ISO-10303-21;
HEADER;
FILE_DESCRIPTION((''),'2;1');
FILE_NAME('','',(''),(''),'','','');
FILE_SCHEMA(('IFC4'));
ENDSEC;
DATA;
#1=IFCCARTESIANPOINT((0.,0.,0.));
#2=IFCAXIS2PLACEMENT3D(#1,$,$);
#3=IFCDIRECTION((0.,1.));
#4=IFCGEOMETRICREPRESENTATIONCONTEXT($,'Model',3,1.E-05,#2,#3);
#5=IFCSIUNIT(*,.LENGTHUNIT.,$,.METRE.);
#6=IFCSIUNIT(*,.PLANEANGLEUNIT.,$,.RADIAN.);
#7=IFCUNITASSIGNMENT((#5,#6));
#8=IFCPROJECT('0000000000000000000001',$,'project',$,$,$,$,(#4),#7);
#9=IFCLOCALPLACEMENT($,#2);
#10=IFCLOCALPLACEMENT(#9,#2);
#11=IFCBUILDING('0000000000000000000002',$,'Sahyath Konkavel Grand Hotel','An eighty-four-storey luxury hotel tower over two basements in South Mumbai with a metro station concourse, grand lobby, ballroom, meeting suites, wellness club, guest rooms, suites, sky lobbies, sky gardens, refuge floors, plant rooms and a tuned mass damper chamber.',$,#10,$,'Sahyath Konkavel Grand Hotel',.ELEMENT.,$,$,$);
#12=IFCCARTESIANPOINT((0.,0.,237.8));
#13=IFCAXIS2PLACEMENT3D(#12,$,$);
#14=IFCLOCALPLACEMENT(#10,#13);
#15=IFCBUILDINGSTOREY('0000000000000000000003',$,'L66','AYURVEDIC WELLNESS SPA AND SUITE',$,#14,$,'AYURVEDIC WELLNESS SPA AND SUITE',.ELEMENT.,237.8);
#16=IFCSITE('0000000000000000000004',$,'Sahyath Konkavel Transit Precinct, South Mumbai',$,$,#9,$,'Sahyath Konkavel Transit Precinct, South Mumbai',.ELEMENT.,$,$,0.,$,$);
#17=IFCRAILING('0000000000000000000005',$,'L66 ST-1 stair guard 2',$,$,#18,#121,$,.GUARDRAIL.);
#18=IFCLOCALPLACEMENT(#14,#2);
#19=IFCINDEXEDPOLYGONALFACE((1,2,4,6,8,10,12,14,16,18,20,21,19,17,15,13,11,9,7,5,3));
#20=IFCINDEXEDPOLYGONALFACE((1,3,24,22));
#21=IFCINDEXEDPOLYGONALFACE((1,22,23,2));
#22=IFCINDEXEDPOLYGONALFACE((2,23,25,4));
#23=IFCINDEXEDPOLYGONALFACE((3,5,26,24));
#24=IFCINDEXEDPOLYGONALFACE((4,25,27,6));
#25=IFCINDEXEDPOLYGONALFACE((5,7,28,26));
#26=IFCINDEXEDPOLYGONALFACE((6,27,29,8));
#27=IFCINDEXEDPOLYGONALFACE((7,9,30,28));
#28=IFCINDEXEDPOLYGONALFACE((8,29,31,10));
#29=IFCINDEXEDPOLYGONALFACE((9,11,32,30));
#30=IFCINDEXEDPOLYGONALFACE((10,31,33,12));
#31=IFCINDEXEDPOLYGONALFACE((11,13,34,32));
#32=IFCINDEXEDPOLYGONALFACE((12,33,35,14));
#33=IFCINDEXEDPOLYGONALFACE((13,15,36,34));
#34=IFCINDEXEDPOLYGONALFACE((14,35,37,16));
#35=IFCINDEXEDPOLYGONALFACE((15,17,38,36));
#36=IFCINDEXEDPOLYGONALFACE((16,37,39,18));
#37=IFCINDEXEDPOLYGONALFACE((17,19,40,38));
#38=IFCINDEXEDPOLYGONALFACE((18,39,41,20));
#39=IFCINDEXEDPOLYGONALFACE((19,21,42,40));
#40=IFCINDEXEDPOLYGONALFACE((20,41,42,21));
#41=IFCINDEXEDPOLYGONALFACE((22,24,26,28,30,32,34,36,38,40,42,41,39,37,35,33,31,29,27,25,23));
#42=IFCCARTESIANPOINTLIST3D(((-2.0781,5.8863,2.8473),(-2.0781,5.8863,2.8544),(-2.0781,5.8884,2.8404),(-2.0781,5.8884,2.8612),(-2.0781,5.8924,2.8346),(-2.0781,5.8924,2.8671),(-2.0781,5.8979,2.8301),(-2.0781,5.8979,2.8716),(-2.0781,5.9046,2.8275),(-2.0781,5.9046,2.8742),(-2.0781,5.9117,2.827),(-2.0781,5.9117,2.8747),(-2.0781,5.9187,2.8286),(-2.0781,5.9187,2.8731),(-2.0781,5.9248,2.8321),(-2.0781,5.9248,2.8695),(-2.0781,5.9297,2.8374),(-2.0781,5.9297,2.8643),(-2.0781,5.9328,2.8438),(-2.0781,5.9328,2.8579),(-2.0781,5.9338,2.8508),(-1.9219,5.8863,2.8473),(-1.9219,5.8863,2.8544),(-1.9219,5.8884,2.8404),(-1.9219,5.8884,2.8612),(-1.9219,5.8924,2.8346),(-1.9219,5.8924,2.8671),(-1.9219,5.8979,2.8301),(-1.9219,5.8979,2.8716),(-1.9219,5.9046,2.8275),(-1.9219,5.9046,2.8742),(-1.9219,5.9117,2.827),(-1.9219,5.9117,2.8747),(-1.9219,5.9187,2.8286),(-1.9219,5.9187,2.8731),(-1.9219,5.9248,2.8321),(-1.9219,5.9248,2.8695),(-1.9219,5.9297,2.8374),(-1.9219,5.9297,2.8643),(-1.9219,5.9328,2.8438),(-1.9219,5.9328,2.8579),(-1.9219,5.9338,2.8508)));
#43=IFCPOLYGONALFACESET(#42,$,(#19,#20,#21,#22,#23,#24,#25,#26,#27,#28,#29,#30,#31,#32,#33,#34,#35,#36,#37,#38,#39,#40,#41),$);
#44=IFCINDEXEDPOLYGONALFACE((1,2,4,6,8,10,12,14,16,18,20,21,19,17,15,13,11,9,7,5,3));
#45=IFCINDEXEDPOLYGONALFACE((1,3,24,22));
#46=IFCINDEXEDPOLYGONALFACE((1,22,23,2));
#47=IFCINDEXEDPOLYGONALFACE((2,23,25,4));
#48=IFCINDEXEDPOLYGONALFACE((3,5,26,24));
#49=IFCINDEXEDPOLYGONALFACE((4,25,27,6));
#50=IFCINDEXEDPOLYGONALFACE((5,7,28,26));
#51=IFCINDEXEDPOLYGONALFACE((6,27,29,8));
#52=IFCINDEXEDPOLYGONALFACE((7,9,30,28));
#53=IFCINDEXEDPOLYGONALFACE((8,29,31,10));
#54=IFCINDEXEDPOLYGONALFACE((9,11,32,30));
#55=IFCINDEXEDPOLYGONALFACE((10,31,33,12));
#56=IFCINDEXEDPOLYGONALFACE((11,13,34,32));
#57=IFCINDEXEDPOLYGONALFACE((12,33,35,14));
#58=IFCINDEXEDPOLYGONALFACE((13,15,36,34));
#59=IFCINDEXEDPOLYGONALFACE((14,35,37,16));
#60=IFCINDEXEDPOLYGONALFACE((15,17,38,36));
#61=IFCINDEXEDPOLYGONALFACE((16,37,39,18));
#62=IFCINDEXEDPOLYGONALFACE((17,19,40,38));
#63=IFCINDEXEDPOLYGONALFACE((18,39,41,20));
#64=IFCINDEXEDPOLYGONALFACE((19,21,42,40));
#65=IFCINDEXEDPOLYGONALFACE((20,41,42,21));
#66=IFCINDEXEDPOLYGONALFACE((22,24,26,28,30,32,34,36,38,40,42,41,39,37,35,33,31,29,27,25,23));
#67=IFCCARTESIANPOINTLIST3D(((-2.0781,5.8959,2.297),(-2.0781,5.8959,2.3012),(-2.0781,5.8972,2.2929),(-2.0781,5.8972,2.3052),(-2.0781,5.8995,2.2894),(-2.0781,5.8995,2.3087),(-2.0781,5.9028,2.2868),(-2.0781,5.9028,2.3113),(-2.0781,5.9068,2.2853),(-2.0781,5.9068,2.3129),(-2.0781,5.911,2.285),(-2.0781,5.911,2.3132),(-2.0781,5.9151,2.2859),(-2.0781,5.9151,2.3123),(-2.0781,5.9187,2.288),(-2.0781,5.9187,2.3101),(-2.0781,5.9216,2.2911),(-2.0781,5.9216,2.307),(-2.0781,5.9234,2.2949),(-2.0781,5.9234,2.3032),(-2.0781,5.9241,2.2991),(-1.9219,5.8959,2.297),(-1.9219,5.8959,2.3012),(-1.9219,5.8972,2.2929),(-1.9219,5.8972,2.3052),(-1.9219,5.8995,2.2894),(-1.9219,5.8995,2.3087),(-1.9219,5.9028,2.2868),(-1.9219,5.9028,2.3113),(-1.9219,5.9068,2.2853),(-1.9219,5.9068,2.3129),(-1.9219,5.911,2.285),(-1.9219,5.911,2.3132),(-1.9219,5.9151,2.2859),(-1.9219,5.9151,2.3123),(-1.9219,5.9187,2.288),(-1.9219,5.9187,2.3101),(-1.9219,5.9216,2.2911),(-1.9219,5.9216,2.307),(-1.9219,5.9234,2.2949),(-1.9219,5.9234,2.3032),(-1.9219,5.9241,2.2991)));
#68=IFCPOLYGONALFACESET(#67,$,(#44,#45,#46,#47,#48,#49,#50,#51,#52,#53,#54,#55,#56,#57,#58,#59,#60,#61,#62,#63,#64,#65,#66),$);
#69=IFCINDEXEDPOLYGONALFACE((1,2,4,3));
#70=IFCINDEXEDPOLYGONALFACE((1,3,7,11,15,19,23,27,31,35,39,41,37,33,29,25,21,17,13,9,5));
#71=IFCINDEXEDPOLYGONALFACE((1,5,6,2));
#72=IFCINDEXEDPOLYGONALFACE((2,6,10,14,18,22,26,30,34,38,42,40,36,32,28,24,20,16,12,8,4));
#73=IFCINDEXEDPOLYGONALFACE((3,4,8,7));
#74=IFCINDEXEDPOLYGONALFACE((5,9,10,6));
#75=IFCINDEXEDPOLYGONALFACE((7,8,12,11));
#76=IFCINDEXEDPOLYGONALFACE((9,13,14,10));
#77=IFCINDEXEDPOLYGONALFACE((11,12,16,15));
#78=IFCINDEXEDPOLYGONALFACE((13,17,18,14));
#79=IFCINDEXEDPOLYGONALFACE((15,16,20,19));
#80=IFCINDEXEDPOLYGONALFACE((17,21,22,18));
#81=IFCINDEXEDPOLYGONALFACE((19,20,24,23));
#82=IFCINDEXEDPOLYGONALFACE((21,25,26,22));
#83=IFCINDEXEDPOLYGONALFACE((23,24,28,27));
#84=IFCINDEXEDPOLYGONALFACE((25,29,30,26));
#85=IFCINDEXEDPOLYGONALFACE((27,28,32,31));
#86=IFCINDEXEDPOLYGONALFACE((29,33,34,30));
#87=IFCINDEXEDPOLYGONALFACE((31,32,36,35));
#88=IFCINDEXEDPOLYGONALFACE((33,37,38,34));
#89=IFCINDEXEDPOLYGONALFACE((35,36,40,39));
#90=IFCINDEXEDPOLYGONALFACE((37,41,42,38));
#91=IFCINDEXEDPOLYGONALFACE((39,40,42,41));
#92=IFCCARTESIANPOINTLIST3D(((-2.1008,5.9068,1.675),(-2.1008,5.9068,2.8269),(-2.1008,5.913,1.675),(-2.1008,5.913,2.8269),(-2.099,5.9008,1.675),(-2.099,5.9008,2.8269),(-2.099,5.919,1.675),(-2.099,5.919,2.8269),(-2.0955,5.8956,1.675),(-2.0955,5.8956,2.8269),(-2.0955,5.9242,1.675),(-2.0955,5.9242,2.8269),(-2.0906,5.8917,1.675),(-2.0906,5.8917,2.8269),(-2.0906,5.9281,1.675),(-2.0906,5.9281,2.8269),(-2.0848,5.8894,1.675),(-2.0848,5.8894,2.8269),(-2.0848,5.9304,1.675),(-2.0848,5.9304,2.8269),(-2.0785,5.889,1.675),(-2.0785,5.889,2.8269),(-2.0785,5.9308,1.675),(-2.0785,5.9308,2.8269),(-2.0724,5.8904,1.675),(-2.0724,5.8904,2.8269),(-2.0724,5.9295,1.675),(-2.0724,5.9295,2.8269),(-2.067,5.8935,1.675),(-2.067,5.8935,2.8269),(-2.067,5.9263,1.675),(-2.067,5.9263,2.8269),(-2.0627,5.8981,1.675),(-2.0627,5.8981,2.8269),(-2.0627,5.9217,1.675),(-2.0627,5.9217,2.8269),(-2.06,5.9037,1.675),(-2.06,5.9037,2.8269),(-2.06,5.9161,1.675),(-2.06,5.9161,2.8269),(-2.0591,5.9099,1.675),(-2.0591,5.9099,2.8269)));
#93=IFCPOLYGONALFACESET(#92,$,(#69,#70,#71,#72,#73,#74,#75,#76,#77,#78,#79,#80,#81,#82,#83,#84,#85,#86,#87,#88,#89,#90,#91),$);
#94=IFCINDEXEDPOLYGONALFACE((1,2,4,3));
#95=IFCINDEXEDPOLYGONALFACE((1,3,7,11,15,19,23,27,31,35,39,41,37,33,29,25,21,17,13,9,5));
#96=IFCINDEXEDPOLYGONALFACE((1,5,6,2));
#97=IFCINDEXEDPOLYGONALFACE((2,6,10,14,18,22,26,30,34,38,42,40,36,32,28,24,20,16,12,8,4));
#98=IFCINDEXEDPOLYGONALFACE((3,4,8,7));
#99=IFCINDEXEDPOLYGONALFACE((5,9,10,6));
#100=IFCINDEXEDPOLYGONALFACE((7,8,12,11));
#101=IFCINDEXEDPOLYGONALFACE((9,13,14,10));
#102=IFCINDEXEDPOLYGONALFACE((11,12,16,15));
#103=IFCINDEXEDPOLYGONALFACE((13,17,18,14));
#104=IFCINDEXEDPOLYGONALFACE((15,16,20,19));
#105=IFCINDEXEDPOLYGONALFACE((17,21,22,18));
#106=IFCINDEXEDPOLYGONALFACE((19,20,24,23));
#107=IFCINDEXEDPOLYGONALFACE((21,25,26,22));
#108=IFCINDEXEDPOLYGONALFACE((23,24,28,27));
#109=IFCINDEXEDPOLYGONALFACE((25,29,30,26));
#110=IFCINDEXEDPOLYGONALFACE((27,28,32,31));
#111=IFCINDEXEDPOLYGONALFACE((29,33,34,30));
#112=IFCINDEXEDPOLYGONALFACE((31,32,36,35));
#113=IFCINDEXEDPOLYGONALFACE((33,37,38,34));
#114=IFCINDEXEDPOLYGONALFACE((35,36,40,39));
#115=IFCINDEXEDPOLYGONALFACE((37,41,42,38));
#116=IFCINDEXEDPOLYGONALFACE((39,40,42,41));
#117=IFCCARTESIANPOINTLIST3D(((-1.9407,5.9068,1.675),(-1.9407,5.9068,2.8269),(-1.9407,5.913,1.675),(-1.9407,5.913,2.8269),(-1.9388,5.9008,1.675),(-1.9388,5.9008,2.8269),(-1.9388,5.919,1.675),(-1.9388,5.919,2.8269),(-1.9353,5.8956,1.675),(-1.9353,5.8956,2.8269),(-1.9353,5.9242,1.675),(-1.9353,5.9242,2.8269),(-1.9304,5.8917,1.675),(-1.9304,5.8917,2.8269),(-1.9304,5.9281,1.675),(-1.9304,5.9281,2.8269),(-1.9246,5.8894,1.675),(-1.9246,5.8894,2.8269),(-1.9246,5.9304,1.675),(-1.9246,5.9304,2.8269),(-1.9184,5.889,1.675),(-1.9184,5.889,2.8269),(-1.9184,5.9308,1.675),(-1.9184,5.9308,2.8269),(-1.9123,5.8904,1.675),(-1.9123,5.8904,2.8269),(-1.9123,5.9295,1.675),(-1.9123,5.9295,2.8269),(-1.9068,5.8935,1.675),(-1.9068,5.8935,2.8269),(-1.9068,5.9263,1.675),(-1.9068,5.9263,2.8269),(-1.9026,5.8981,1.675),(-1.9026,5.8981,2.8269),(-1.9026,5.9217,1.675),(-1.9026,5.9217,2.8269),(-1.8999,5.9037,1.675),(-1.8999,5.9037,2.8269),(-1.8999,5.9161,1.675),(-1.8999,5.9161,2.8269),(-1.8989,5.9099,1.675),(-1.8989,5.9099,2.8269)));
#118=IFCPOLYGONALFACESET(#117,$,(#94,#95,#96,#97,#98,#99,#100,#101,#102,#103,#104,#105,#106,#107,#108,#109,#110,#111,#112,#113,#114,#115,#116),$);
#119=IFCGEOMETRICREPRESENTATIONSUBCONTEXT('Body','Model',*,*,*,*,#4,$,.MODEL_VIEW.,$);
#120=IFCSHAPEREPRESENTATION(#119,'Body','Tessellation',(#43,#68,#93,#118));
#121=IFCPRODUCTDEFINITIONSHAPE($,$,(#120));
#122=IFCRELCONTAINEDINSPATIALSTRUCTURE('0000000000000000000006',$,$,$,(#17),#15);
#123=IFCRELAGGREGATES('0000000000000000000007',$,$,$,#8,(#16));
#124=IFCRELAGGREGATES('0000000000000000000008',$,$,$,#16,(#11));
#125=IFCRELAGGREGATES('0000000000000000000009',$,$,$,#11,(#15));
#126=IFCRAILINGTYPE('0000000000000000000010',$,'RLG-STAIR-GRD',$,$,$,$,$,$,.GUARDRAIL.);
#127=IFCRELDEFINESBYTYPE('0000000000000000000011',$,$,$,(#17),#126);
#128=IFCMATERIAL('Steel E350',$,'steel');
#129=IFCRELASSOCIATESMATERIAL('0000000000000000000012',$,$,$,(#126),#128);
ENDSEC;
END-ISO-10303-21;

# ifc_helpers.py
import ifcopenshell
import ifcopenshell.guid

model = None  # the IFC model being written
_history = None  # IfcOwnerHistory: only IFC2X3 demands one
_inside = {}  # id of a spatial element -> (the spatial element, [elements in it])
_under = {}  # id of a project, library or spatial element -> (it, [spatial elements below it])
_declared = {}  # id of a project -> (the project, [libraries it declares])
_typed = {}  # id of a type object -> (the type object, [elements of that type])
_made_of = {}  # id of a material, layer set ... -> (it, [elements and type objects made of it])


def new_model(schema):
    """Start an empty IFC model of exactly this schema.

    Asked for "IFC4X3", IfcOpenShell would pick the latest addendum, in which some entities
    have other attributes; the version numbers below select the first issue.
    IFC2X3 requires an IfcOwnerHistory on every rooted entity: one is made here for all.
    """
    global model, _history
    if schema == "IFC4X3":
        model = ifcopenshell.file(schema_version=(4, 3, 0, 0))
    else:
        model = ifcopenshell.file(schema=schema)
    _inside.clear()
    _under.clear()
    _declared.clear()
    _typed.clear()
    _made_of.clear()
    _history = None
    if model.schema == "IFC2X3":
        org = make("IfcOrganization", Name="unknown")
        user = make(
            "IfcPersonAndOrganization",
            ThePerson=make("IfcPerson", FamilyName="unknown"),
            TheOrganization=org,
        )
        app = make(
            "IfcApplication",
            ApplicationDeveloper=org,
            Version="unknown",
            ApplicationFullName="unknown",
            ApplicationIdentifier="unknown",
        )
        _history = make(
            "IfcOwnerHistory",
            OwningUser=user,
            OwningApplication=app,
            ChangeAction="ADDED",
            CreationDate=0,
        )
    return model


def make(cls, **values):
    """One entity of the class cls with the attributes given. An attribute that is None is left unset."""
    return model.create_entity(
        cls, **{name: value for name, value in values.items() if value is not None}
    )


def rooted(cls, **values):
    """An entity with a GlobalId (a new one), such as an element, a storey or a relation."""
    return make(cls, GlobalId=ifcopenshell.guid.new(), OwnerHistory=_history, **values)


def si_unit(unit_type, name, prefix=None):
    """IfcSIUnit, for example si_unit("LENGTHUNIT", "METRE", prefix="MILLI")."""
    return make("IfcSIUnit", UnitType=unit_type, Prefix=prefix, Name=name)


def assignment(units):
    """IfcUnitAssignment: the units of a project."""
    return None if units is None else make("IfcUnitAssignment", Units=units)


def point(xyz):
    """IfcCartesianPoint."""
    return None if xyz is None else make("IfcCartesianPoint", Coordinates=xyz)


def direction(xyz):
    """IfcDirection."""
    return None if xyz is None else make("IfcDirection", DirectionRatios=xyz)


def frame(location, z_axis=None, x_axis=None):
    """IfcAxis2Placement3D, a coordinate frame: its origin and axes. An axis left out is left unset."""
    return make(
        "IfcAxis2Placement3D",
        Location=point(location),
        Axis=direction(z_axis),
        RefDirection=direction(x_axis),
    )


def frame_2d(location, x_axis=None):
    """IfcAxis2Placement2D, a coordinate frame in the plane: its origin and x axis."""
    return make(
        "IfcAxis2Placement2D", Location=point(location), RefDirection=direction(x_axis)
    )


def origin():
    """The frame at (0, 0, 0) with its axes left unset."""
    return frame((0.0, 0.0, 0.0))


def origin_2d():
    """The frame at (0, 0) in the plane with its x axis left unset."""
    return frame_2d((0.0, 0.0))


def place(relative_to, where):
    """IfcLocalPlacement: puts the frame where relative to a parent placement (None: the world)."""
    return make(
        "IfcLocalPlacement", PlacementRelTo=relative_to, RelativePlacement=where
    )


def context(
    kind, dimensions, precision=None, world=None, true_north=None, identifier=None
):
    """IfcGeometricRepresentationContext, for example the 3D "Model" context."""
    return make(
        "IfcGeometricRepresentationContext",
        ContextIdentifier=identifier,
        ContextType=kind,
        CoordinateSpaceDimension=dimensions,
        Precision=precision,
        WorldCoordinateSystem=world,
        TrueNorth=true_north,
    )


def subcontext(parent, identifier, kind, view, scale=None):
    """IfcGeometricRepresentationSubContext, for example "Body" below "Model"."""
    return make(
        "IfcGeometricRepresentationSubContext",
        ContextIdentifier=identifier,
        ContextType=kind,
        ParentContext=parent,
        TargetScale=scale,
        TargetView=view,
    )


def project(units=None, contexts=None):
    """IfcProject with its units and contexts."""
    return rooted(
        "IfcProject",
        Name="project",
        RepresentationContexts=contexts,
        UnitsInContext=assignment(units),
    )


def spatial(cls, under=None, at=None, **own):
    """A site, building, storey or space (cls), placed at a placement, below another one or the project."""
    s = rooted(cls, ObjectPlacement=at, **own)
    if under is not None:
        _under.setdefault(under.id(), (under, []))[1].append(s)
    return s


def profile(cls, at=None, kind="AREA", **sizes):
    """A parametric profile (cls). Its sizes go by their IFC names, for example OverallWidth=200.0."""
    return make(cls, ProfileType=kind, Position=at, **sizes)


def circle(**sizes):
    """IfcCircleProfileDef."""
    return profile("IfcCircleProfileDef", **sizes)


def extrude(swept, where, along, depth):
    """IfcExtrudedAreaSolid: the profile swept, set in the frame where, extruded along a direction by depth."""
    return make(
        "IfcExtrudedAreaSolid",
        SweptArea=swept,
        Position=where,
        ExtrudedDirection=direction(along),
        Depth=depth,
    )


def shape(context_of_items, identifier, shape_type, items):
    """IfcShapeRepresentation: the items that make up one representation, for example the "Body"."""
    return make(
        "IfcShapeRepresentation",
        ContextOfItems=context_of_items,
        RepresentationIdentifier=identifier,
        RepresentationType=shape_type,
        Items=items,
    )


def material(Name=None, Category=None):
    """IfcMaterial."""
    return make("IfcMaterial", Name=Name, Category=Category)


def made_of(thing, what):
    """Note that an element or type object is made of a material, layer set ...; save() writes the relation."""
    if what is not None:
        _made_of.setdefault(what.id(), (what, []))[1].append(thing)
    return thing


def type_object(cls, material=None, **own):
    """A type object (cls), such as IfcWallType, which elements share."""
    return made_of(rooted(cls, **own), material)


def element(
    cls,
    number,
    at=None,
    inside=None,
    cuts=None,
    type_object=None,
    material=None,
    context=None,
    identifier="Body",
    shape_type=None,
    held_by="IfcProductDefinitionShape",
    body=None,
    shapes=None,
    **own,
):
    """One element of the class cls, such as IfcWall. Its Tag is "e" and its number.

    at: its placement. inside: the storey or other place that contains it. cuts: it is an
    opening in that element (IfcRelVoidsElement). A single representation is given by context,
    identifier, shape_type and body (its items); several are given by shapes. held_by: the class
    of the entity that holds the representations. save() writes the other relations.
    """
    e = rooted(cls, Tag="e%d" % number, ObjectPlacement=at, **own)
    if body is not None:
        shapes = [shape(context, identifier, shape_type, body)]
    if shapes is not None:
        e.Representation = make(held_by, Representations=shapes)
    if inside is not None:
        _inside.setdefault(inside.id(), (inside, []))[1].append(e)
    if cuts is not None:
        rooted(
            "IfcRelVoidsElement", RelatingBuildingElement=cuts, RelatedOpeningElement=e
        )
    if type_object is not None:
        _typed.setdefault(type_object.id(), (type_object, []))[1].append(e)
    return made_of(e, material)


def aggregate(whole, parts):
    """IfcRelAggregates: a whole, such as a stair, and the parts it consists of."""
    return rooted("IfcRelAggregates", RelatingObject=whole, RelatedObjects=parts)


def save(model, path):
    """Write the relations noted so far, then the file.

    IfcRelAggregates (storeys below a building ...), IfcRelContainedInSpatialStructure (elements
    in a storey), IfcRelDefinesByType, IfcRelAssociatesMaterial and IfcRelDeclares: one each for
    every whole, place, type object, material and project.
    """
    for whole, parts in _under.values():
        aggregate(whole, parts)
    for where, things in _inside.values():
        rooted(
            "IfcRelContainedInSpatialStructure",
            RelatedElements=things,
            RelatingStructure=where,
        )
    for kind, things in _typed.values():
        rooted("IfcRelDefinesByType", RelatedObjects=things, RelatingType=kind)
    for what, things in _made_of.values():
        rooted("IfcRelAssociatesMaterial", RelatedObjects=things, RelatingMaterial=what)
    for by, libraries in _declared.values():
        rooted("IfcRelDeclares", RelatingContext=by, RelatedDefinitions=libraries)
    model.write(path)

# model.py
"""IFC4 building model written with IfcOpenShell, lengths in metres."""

from ifc_helpers import new_model, si_unit, direction, frame, origin, origin_2d, place, context, subcontext, project, spatial, circle, extrude, material, type_object, element, save


model = new_model("IFC4")

# Units and contexts
model_context = context("Model", 3, precision=1e-05, world=origin(), true_north=direction((0.0, 1.0)))
body_context = subcontext(model_context, "Body", "Model", "MODEL_VIEW")
ifc_project = project(units=[si_unit("LENGTHUNIT", "METRE"), si_unit("PLANEANGLEUNIT", "RADIAN")], contexts=[model_context])

# Site, building, storey
site_placement = place(None, origin())
site = spatial("IfcSite", under=ifc_project, at=site_placement, Name="Sahyath Konkavel Transit Precinct, South Mumbai", LongName="Sahyath Konkavel Transit Precinct, South Mumbai", CompositionType="ELEMENT", RefElevation=0.0)
building_placement = place(site_placement, origin())
building = spatial("IfcBuilding", under=site, at=building_placement, Name="Sahyath Konkavel Grand Hotel", Description="An eighty-four-storey luxury hotel tower over two basements in South Mumbai with a metro station concourse, grand lobby, ballroom, meeting suites, wellness club, guest rooms, suites, sky lobbies, sky gardens, refuge floors, plant rooms and a tuned mass damper chamber.", LongName="Sahyath Konkavel Grand Hotel", CompositionType="ELEMENT")
storey_placement = place(building_placement, frame((0.0, 0.0, 237.8)))
storey = spatial("IfcBuildingStorey", under=building, at=storey_placement, Name="L66", Description="AYURVEDIC WELLNESS SPA AND SUITE", LongName="AYURVEDIC WELLNESS SPA AND SUITE", CompositionType="ELEMENT", Elevation=237.8)

# Shared definitions
ifc_material_1 = material(Name="Steel E350", Category="steel")

# Railing
railing_type = type_object("IfcRailingType", Name="RLG-STAIR-GRD", PredefinedType="GUARDRAIL", material=ifc_material_1)
railing_placement = place(storey_placement, frame((-2.0801, 5.9099, 1.675)))
element("IfcRailing", 1, at=railing_placement, inside=storey, type_object=railing_type, Name="L66 ST-1 stair guard 2", PredefinedType="GUARDRAIL", context=body_context, shape_type="SweptSolid", body=[
    extrude(circle(Radius=0.0239, at=origin_2d()), frame((0.002, 0.0, 1.1758), z_axis=(1.0, 0.0, 0.0), x_axis=(0.0, 1.0, 0.0)), (0.0, 0.0, 1.0), 0.1562),
    extrude(circle(Radius=0.0142, at=origin_2d()), frame((0.002, 0.0, 0.624), z_axis=(1.0, 0.0, 0.0), x_axis=(0.0, 1.0, 0.0)), (0.0, 0.0, 1.0), 0.1562),
    extrude(circle(Radius=0.021, at=origin_2d()), origin(), (0.0, 0.0, 1.0), 1.1519),
    extrude(circle(Radius=0.021, at=origin_2d()), frame((0.1602, 0.0, 0.0)), (0.0, 0.0, 1.0), 1.1519),
])

save(model, "model.ifc")
